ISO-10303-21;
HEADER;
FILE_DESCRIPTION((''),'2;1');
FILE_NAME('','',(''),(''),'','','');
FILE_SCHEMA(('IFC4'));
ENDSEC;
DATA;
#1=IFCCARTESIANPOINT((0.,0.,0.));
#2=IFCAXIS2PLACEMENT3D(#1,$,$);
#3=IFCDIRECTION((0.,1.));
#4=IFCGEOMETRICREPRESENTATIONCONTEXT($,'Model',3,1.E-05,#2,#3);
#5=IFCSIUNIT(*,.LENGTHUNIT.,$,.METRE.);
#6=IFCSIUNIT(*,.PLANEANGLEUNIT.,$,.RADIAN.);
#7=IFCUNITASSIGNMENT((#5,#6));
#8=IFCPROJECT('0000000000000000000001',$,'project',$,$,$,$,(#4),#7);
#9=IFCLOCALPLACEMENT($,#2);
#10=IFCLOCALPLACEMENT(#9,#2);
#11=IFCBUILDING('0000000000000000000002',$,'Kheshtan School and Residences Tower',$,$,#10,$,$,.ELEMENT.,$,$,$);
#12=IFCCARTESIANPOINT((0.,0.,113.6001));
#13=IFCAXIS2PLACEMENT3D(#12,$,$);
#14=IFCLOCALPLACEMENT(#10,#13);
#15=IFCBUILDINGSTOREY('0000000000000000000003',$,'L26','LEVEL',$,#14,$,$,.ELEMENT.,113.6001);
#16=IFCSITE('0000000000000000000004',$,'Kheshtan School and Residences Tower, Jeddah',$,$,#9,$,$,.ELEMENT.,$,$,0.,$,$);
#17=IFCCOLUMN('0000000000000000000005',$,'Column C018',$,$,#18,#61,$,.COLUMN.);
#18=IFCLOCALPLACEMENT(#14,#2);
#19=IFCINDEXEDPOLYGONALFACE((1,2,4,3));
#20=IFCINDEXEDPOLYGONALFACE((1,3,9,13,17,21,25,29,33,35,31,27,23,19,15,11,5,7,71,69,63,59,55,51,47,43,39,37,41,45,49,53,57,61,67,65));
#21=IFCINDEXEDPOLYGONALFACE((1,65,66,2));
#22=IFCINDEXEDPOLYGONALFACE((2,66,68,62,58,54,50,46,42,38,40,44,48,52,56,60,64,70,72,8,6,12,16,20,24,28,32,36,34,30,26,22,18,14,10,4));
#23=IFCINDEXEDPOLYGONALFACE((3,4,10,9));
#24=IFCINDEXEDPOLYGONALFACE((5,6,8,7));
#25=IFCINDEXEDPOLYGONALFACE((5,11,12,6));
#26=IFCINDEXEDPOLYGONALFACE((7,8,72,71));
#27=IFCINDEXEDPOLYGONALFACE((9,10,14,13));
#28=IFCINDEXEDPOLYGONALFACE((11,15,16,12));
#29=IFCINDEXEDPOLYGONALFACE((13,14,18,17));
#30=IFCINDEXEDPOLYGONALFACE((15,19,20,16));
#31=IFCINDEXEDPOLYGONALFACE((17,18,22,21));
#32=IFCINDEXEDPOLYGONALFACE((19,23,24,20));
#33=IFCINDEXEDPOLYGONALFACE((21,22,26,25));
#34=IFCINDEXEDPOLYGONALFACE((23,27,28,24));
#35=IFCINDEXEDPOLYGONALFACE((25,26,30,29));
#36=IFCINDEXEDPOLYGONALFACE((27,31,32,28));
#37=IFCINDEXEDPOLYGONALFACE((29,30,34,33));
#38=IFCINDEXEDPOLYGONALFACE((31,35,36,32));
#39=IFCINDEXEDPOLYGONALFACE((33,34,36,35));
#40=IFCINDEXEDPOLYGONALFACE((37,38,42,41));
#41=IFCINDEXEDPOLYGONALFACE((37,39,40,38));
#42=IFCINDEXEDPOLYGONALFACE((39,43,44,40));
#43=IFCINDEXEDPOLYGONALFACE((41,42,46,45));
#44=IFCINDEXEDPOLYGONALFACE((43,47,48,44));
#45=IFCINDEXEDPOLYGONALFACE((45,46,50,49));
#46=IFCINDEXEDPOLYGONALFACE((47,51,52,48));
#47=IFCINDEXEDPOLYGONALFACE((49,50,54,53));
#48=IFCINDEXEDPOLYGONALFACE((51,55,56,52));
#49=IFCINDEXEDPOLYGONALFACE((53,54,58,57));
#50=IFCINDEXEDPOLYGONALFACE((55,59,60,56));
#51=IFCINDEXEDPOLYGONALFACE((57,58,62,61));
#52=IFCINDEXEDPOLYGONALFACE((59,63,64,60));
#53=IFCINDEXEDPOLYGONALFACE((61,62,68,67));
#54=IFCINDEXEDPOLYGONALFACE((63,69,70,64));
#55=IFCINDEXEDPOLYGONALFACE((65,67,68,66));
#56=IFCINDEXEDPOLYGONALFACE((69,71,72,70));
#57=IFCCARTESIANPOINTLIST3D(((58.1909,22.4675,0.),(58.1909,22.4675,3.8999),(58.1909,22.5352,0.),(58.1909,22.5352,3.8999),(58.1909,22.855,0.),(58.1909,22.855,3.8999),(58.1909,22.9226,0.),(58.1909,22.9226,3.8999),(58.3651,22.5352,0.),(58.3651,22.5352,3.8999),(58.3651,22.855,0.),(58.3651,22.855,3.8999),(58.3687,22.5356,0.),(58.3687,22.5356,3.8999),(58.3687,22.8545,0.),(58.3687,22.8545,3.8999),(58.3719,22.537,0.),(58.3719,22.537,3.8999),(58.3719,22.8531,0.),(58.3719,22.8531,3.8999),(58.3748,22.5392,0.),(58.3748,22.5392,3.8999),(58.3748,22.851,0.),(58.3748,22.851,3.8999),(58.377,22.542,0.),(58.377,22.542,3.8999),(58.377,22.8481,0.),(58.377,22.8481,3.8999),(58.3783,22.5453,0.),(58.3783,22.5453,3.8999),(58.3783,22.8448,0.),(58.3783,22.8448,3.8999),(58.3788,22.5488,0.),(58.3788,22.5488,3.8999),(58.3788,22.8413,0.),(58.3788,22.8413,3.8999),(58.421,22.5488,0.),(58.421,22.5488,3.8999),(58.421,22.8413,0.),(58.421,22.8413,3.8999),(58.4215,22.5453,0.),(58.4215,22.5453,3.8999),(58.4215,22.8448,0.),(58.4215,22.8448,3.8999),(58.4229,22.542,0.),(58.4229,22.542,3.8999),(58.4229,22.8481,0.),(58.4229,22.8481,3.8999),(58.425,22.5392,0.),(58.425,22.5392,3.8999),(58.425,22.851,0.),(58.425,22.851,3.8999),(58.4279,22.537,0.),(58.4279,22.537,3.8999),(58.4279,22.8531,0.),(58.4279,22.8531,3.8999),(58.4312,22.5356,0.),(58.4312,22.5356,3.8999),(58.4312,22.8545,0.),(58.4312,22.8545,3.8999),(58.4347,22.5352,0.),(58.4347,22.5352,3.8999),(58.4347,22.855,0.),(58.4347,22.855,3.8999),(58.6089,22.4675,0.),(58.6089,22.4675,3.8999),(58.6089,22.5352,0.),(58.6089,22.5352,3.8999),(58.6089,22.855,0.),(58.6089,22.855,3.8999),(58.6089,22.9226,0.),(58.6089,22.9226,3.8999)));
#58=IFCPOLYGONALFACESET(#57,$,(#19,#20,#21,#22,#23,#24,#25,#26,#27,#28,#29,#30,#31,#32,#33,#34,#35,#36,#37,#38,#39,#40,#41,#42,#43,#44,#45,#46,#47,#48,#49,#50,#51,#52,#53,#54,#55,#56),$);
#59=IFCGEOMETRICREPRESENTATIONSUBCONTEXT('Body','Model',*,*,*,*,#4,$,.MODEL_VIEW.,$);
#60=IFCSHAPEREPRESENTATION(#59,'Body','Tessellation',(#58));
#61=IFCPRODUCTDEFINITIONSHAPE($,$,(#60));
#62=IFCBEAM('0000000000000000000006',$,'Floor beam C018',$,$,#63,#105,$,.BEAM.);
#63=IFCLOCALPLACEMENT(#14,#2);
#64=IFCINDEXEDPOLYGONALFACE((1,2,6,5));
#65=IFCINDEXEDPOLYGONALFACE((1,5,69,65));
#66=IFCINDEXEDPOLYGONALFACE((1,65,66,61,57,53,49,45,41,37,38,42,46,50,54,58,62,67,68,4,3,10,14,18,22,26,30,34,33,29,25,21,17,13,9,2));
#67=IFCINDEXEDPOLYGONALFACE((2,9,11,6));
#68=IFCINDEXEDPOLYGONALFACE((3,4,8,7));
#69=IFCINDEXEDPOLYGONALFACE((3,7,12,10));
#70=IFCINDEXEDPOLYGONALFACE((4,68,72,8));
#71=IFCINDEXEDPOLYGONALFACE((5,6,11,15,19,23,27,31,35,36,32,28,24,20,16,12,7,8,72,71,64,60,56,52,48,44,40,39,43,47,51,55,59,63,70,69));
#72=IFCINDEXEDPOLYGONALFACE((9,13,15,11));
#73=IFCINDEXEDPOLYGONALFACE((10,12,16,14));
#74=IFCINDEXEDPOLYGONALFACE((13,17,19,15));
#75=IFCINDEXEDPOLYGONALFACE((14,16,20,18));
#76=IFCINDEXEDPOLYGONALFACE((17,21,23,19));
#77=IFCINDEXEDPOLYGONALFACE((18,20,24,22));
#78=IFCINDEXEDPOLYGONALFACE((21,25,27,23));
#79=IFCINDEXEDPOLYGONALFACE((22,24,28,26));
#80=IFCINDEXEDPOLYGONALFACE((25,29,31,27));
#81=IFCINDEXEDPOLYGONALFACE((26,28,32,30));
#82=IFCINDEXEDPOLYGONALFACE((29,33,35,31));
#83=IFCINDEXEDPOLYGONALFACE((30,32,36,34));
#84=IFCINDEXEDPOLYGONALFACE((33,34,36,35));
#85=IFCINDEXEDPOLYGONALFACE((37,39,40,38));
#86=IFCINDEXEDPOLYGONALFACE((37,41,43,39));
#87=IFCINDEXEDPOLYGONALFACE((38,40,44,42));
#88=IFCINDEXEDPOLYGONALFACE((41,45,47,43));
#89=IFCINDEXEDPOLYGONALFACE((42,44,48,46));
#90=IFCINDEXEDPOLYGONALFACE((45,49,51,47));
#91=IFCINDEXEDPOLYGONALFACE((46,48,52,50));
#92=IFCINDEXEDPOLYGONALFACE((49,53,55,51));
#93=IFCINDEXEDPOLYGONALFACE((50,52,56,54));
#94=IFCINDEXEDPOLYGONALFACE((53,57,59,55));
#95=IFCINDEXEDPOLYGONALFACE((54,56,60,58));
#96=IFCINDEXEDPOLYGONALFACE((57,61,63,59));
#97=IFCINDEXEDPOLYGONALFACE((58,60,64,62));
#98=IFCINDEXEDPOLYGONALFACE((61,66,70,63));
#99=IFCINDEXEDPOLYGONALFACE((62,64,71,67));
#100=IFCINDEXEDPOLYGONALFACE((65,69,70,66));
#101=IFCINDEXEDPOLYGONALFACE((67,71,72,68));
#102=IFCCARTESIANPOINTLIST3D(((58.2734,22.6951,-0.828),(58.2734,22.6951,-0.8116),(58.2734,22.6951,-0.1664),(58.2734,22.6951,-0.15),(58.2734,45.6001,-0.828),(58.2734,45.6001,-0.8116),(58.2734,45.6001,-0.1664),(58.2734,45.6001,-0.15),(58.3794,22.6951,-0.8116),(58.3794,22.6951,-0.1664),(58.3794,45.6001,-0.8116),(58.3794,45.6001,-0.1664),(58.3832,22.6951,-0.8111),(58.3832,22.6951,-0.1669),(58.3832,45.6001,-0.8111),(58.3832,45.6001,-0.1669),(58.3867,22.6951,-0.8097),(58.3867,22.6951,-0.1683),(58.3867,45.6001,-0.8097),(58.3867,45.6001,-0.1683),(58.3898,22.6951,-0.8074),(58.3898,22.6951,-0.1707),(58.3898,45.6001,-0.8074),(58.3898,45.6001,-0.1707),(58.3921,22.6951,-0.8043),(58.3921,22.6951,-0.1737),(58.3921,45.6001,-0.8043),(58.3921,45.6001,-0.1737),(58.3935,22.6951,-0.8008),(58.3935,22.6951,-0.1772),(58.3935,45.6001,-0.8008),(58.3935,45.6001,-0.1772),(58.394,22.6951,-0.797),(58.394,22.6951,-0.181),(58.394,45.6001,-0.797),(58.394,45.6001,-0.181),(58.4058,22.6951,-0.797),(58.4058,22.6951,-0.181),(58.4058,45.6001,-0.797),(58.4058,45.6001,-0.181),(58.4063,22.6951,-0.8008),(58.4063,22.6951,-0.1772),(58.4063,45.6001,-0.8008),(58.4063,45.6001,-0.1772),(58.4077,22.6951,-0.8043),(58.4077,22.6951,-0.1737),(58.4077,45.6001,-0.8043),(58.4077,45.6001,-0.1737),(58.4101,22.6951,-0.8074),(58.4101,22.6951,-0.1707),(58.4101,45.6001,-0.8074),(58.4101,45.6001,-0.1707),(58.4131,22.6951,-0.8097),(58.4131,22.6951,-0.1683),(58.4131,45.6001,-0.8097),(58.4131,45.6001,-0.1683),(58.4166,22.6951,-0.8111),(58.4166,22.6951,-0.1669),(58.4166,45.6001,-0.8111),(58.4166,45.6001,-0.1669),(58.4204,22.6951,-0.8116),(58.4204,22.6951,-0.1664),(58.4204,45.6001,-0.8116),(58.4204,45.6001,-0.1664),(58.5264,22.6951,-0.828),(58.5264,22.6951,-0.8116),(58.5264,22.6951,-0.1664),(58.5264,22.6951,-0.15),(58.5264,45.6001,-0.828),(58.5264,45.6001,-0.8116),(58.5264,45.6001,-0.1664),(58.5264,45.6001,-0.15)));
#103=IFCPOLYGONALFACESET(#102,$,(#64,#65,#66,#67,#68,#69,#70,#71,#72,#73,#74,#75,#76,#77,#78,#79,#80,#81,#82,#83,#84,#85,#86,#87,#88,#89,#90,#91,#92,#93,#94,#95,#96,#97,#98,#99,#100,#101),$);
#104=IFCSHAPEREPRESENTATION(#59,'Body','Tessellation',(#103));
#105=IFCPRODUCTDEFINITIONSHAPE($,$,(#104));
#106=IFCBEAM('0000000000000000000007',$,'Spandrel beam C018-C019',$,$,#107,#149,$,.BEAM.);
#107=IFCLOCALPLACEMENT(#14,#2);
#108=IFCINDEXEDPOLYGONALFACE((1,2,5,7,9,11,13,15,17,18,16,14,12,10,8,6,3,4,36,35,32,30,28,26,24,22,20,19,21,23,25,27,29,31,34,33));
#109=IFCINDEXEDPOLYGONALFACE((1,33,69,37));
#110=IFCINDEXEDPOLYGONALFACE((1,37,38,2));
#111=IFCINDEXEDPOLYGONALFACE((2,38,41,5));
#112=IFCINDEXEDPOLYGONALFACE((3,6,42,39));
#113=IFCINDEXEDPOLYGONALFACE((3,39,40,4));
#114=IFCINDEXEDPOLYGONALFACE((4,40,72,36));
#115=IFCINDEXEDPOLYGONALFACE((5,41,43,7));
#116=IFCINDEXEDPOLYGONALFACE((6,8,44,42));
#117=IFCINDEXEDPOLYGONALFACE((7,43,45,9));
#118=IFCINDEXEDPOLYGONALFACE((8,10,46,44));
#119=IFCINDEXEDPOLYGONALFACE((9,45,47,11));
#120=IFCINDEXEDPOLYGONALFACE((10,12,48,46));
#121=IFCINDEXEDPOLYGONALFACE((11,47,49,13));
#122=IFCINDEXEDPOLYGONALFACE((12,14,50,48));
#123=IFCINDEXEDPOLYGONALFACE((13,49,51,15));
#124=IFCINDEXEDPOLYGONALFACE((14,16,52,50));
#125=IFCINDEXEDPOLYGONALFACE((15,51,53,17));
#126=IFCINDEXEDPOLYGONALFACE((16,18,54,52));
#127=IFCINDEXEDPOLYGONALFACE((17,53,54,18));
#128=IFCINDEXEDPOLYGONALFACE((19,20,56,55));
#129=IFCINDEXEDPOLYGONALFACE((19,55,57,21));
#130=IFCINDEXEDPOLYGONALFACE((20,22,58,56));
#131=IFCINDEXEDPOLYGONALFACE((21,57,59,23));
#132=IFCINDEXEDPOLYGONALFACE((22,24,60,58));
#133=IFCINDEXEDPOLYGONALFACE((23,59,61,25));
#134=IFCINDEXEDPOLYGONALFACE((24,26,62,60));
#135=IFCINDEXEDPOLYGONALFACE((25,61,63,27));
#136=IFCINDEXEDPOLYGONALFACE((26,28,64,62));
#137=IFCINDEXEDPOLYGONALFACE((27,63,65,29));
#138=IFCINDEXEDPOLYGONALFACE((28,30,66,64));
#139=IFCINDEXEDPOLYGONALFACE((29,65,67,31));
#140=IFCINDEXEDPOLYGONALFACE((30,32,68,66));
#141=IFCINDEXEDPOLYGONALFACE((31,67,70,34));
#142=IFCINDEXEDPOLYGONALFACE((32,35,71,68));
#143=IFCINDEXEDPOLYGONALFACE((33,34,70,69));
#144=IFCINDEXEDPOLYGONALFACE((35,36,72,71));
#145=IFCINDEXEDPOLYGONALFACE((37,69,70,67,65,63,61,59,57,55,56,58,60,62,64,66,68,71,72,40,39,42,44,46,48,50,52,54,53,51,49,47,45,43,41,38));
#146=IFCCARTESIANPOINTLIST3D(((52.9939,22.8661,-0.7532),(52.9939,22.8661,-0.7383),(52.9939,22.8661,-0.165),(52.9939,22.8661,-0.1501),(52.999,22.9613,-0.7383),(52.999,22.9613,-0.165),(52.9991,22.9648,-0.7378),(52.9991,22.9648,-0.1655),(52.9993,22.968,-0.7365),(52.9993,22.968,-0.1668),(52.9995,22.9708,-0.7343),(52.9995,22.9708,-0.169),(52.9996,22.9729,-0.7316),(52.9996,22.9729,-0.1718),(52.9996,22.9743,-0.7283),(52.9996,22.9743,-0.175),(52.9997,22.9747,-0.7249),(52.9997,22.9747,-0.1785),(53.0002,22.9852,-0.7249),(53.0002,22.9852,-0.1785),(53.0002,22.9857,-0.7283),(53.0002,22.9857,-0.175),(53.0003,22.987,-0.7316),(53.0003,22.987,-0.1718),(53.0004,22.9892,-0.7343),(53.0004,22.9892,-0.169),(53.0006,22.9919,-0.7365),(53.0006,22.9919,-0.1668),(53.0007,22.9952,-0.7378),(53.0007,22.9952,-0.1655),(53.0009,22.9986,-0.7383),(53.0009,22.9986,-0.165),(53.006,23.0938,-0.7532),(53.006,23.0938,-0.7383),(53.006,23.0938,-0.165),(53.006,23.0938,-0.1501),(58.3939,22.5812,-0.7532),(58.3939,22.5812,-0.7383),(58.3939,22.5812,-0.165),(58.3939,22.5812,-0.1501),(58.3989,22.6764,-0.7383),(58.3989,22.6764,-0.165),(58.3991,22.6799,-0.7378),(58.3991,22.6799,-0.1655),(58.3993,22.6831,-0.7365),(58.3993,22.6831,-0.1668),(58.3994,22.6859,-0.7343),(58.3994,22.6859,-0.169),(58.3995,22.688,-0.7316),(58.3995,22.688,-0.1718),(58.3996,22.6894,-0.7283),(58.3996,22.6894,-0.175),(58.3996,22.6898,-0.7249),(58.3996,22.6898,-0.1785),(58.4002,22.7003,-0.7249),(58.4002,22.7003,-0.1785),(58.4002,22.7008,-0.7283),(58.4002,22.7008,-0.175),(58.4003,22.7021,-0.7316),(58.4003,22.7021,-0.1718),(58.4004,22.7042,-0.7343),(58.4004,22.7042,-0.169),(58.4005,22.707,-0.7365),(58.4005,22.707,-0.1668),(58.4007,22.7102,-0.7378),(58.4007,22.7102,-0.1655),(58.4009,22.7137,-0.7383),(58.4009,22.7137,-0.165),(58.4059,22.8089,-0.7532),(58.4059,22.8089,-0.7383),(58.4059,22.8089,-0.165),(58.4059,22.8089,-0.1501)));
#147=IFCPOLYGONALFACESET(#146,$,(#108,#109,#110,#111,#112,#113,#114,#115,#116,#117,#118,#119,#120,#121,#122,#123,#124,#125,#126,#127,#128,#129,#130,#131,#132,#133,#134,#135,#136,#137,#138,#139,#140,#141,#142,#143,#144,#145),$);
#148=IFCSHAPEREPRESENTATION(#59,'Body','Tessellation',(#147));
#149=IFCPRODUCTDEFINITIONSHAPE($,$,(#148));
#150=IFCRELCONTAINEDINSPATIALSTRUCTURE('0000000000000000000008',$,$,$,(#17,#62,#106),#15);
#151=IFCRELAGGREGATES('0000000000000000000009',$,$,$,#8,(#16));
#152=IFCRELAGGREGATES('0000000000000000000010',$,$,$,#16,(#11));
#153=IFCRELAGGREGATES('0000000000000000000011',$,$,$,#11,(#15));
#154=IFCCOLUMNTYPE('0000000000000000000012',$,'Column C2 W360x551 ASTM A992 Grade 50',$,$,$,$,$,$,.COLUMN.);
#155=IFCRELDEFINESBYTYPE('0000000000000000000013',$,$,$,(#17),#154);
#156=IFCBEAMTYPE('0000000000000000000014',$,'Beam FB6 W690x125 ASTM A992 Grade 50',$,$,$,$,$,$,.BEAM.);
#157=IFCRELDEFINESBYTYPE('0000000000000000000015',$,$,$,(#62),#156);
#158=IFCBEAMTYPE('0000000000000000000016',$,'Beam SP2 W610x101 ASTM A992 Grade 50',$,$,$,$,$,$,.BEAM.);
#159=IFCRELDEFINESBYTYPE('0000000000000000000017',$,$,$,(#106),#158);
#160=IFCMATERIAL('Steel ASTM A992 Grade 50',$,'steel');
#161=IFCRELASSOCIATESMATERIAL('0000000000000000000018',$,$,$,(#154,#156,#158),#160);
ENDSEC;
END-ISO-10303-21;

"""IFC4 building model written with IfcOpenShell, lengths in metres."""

from ifc_helpers import new_model, si_unit, direction, frame, origin, origin_2d, place, context, subcontext, project, spatial, i_section, extrude, material, material_profile, profile_set, type_object, element, save


model = new_model("IFC4")

# Units and contexts
model_context = context("Model", 3, precision=1e-05, world=origin(), true_north=direction((0.0, 1.0)))
body_context = subcontext(model_context, "Body", "Model", "MODEL_VIEW")
ifc_project = project(units=[si_unit("LENGTHUNIT", "METRE"), si_unit("PLANEANGLEUNIT", "RADIAN")], contexts=[model_context])

# Site, building, storey
site_placement = place(None, origin())
site = spatial("IfcSite", under=ifc_project, at=site_placement, Name="Kheshtan School and Residences Tower, Jeddah", CompositionType="ELEMENT", RefElevation=0.0)
building_placement = place(site_placement, origin())
building = spatial("IfcBuilding", under=site, at=building_placement, Name="Kheshtan School and Residences Tower", CompositionType="ELEMENT")
storey_placement = place(building_placement, frame((0.0, 0.0, 113.6001)))
storey = spatial("IfcBuildingStorey", under=building, at=storey_placement, Name="L26", Description="LEVEL", CompositionType="ELEMENT", Elevation=113.6001)

# Column
ifc_material_1 = material(Name="Steel ASTM A992 Grade 50", Category="steel")
ifc_material_profile_1 = material_profile(ifc_material_1, i_section(OverallWidth=0.418, OverallDepth=0.4551, WebThickness=0.0422, FlangeThickness=0.0676, FilletRadius=0.0137, at=origin_2d()), Name="W360x551")
ifc_profile_set_1 = profile_set([ifc_material_profile_1], Name="Steel ASTM A992 Grade 50")
column_type = type_object("IfcColumnType", Name="Column C2 W360x551 ASTM A992 Grade 50", PredefinedType="COLUMN", material=ifc_profile_set_1)
column_placement = place(storey_placement, frame((58.3999, 22.6951, 0.0), z_axis=(0.0, 0.0, 1.0), x_axis=(1.0, 0.0, 0.0)))
element("IfcColumn", 1, at=column_placement, inside=storey, type_object=column_type, Name="Column C018", PredefinedType="COLUMN", context=body_context, shape_type="SweptSolid", body=[
    extrude(i_section(OverallWidth=0.418, OverallDepth=0.4551, WebThickness=0.0422, FlangeThickness=0.0676, FilletRadius=0.0137, at=origin_2d()), origin(), (0.0, 0.0, 1.0), 3.8999),
])

# Beams
ifc_material_profile_2 = material_profile(ifc_material_1, i_section(OverallWidth=0.2529, OverallDepth=0.678, WebThickness=0.0117, FlangeThickness=0.0164, FilletRadius=0.0146, at=origin_2d()), Name="W690x125")
ifc_profile_set_2 = profile_set([ifc_material_profile_2], Name="Steel ASTM A992 Grade 50")
beam_type_1 = type_object("IfcBeamType", Name="Beam FB6 W690x125 ASTM A992 Grade 50", PredefinedType="BEAM", material=ifc_profile_set_2)
beam_1_placement = place(storey_placement, frame((58.3999, 22.6951, -0.489), z_axis=(0.0, 1.0, 0.0), x_axis=(-1.0, 0.0, 0.0)))
element("IfcBeam", 2, at=beam_1_placement, inside=storey, type_object=beam_type_1, Name="Floor beam C018", PredefinedType="BEAM", context=body_context, shape_type="SweptSolid", body=[
    extrude(i_section(OverallWidth=0.2529, OverallDepth=0.678, WebThickness=0.0117, FlangeThickness=0.0164, FilletRadius=0.0146, at=origin_2d()), origin(), (0.0, 0.0, 1.0), 22.905),
])
ifc_material_profile_3 = material_profile(ifc_material_1, i_section(OverallWidth=0.228, OverallDepth=0.603, WebThickness=0.0105, FlangeThickness=0.0149, FilletRadius=0.0134, at=origin_2d()), Name="W610x101")
ifc_profile_set_3 = profile_set([ifc_material_profile_3], Name="Steel ASTM A992 Grade 50")
beam_type_2 = type_object("IfcBeamType", Name="Beam SP2 W610x101 ASTM A992 Grade 50", PredefinedType="BEAM", material=ifc_profile_set_3)
beam_2_placement = place(storey_placement, frame((58.3999, 22.6951, -0.4517), z_axis=(-0.998611, 0.052689, 0.0), x_axis=(-0.052689, -0.998611, 0.0)))
element("IfcBeam", 3, at=beam_2_placement, inside=storey, type_object=beam_type_2, Name="Spandrel beam C018-C019", PredefinedType="BEAM", context=body_context, shape_type="SweptSolid", body=[
    extrude(i_section(OverallWidth=0.228, OverallDepth=0.603, WebThickness=0.0105, FlangeThickness=0.0149, FilletRadius=0.0134, at=origin_2d()), origin(), (0.0, 0.0, 1.0), 5.4075),
])

save(model, "model.ifc")
